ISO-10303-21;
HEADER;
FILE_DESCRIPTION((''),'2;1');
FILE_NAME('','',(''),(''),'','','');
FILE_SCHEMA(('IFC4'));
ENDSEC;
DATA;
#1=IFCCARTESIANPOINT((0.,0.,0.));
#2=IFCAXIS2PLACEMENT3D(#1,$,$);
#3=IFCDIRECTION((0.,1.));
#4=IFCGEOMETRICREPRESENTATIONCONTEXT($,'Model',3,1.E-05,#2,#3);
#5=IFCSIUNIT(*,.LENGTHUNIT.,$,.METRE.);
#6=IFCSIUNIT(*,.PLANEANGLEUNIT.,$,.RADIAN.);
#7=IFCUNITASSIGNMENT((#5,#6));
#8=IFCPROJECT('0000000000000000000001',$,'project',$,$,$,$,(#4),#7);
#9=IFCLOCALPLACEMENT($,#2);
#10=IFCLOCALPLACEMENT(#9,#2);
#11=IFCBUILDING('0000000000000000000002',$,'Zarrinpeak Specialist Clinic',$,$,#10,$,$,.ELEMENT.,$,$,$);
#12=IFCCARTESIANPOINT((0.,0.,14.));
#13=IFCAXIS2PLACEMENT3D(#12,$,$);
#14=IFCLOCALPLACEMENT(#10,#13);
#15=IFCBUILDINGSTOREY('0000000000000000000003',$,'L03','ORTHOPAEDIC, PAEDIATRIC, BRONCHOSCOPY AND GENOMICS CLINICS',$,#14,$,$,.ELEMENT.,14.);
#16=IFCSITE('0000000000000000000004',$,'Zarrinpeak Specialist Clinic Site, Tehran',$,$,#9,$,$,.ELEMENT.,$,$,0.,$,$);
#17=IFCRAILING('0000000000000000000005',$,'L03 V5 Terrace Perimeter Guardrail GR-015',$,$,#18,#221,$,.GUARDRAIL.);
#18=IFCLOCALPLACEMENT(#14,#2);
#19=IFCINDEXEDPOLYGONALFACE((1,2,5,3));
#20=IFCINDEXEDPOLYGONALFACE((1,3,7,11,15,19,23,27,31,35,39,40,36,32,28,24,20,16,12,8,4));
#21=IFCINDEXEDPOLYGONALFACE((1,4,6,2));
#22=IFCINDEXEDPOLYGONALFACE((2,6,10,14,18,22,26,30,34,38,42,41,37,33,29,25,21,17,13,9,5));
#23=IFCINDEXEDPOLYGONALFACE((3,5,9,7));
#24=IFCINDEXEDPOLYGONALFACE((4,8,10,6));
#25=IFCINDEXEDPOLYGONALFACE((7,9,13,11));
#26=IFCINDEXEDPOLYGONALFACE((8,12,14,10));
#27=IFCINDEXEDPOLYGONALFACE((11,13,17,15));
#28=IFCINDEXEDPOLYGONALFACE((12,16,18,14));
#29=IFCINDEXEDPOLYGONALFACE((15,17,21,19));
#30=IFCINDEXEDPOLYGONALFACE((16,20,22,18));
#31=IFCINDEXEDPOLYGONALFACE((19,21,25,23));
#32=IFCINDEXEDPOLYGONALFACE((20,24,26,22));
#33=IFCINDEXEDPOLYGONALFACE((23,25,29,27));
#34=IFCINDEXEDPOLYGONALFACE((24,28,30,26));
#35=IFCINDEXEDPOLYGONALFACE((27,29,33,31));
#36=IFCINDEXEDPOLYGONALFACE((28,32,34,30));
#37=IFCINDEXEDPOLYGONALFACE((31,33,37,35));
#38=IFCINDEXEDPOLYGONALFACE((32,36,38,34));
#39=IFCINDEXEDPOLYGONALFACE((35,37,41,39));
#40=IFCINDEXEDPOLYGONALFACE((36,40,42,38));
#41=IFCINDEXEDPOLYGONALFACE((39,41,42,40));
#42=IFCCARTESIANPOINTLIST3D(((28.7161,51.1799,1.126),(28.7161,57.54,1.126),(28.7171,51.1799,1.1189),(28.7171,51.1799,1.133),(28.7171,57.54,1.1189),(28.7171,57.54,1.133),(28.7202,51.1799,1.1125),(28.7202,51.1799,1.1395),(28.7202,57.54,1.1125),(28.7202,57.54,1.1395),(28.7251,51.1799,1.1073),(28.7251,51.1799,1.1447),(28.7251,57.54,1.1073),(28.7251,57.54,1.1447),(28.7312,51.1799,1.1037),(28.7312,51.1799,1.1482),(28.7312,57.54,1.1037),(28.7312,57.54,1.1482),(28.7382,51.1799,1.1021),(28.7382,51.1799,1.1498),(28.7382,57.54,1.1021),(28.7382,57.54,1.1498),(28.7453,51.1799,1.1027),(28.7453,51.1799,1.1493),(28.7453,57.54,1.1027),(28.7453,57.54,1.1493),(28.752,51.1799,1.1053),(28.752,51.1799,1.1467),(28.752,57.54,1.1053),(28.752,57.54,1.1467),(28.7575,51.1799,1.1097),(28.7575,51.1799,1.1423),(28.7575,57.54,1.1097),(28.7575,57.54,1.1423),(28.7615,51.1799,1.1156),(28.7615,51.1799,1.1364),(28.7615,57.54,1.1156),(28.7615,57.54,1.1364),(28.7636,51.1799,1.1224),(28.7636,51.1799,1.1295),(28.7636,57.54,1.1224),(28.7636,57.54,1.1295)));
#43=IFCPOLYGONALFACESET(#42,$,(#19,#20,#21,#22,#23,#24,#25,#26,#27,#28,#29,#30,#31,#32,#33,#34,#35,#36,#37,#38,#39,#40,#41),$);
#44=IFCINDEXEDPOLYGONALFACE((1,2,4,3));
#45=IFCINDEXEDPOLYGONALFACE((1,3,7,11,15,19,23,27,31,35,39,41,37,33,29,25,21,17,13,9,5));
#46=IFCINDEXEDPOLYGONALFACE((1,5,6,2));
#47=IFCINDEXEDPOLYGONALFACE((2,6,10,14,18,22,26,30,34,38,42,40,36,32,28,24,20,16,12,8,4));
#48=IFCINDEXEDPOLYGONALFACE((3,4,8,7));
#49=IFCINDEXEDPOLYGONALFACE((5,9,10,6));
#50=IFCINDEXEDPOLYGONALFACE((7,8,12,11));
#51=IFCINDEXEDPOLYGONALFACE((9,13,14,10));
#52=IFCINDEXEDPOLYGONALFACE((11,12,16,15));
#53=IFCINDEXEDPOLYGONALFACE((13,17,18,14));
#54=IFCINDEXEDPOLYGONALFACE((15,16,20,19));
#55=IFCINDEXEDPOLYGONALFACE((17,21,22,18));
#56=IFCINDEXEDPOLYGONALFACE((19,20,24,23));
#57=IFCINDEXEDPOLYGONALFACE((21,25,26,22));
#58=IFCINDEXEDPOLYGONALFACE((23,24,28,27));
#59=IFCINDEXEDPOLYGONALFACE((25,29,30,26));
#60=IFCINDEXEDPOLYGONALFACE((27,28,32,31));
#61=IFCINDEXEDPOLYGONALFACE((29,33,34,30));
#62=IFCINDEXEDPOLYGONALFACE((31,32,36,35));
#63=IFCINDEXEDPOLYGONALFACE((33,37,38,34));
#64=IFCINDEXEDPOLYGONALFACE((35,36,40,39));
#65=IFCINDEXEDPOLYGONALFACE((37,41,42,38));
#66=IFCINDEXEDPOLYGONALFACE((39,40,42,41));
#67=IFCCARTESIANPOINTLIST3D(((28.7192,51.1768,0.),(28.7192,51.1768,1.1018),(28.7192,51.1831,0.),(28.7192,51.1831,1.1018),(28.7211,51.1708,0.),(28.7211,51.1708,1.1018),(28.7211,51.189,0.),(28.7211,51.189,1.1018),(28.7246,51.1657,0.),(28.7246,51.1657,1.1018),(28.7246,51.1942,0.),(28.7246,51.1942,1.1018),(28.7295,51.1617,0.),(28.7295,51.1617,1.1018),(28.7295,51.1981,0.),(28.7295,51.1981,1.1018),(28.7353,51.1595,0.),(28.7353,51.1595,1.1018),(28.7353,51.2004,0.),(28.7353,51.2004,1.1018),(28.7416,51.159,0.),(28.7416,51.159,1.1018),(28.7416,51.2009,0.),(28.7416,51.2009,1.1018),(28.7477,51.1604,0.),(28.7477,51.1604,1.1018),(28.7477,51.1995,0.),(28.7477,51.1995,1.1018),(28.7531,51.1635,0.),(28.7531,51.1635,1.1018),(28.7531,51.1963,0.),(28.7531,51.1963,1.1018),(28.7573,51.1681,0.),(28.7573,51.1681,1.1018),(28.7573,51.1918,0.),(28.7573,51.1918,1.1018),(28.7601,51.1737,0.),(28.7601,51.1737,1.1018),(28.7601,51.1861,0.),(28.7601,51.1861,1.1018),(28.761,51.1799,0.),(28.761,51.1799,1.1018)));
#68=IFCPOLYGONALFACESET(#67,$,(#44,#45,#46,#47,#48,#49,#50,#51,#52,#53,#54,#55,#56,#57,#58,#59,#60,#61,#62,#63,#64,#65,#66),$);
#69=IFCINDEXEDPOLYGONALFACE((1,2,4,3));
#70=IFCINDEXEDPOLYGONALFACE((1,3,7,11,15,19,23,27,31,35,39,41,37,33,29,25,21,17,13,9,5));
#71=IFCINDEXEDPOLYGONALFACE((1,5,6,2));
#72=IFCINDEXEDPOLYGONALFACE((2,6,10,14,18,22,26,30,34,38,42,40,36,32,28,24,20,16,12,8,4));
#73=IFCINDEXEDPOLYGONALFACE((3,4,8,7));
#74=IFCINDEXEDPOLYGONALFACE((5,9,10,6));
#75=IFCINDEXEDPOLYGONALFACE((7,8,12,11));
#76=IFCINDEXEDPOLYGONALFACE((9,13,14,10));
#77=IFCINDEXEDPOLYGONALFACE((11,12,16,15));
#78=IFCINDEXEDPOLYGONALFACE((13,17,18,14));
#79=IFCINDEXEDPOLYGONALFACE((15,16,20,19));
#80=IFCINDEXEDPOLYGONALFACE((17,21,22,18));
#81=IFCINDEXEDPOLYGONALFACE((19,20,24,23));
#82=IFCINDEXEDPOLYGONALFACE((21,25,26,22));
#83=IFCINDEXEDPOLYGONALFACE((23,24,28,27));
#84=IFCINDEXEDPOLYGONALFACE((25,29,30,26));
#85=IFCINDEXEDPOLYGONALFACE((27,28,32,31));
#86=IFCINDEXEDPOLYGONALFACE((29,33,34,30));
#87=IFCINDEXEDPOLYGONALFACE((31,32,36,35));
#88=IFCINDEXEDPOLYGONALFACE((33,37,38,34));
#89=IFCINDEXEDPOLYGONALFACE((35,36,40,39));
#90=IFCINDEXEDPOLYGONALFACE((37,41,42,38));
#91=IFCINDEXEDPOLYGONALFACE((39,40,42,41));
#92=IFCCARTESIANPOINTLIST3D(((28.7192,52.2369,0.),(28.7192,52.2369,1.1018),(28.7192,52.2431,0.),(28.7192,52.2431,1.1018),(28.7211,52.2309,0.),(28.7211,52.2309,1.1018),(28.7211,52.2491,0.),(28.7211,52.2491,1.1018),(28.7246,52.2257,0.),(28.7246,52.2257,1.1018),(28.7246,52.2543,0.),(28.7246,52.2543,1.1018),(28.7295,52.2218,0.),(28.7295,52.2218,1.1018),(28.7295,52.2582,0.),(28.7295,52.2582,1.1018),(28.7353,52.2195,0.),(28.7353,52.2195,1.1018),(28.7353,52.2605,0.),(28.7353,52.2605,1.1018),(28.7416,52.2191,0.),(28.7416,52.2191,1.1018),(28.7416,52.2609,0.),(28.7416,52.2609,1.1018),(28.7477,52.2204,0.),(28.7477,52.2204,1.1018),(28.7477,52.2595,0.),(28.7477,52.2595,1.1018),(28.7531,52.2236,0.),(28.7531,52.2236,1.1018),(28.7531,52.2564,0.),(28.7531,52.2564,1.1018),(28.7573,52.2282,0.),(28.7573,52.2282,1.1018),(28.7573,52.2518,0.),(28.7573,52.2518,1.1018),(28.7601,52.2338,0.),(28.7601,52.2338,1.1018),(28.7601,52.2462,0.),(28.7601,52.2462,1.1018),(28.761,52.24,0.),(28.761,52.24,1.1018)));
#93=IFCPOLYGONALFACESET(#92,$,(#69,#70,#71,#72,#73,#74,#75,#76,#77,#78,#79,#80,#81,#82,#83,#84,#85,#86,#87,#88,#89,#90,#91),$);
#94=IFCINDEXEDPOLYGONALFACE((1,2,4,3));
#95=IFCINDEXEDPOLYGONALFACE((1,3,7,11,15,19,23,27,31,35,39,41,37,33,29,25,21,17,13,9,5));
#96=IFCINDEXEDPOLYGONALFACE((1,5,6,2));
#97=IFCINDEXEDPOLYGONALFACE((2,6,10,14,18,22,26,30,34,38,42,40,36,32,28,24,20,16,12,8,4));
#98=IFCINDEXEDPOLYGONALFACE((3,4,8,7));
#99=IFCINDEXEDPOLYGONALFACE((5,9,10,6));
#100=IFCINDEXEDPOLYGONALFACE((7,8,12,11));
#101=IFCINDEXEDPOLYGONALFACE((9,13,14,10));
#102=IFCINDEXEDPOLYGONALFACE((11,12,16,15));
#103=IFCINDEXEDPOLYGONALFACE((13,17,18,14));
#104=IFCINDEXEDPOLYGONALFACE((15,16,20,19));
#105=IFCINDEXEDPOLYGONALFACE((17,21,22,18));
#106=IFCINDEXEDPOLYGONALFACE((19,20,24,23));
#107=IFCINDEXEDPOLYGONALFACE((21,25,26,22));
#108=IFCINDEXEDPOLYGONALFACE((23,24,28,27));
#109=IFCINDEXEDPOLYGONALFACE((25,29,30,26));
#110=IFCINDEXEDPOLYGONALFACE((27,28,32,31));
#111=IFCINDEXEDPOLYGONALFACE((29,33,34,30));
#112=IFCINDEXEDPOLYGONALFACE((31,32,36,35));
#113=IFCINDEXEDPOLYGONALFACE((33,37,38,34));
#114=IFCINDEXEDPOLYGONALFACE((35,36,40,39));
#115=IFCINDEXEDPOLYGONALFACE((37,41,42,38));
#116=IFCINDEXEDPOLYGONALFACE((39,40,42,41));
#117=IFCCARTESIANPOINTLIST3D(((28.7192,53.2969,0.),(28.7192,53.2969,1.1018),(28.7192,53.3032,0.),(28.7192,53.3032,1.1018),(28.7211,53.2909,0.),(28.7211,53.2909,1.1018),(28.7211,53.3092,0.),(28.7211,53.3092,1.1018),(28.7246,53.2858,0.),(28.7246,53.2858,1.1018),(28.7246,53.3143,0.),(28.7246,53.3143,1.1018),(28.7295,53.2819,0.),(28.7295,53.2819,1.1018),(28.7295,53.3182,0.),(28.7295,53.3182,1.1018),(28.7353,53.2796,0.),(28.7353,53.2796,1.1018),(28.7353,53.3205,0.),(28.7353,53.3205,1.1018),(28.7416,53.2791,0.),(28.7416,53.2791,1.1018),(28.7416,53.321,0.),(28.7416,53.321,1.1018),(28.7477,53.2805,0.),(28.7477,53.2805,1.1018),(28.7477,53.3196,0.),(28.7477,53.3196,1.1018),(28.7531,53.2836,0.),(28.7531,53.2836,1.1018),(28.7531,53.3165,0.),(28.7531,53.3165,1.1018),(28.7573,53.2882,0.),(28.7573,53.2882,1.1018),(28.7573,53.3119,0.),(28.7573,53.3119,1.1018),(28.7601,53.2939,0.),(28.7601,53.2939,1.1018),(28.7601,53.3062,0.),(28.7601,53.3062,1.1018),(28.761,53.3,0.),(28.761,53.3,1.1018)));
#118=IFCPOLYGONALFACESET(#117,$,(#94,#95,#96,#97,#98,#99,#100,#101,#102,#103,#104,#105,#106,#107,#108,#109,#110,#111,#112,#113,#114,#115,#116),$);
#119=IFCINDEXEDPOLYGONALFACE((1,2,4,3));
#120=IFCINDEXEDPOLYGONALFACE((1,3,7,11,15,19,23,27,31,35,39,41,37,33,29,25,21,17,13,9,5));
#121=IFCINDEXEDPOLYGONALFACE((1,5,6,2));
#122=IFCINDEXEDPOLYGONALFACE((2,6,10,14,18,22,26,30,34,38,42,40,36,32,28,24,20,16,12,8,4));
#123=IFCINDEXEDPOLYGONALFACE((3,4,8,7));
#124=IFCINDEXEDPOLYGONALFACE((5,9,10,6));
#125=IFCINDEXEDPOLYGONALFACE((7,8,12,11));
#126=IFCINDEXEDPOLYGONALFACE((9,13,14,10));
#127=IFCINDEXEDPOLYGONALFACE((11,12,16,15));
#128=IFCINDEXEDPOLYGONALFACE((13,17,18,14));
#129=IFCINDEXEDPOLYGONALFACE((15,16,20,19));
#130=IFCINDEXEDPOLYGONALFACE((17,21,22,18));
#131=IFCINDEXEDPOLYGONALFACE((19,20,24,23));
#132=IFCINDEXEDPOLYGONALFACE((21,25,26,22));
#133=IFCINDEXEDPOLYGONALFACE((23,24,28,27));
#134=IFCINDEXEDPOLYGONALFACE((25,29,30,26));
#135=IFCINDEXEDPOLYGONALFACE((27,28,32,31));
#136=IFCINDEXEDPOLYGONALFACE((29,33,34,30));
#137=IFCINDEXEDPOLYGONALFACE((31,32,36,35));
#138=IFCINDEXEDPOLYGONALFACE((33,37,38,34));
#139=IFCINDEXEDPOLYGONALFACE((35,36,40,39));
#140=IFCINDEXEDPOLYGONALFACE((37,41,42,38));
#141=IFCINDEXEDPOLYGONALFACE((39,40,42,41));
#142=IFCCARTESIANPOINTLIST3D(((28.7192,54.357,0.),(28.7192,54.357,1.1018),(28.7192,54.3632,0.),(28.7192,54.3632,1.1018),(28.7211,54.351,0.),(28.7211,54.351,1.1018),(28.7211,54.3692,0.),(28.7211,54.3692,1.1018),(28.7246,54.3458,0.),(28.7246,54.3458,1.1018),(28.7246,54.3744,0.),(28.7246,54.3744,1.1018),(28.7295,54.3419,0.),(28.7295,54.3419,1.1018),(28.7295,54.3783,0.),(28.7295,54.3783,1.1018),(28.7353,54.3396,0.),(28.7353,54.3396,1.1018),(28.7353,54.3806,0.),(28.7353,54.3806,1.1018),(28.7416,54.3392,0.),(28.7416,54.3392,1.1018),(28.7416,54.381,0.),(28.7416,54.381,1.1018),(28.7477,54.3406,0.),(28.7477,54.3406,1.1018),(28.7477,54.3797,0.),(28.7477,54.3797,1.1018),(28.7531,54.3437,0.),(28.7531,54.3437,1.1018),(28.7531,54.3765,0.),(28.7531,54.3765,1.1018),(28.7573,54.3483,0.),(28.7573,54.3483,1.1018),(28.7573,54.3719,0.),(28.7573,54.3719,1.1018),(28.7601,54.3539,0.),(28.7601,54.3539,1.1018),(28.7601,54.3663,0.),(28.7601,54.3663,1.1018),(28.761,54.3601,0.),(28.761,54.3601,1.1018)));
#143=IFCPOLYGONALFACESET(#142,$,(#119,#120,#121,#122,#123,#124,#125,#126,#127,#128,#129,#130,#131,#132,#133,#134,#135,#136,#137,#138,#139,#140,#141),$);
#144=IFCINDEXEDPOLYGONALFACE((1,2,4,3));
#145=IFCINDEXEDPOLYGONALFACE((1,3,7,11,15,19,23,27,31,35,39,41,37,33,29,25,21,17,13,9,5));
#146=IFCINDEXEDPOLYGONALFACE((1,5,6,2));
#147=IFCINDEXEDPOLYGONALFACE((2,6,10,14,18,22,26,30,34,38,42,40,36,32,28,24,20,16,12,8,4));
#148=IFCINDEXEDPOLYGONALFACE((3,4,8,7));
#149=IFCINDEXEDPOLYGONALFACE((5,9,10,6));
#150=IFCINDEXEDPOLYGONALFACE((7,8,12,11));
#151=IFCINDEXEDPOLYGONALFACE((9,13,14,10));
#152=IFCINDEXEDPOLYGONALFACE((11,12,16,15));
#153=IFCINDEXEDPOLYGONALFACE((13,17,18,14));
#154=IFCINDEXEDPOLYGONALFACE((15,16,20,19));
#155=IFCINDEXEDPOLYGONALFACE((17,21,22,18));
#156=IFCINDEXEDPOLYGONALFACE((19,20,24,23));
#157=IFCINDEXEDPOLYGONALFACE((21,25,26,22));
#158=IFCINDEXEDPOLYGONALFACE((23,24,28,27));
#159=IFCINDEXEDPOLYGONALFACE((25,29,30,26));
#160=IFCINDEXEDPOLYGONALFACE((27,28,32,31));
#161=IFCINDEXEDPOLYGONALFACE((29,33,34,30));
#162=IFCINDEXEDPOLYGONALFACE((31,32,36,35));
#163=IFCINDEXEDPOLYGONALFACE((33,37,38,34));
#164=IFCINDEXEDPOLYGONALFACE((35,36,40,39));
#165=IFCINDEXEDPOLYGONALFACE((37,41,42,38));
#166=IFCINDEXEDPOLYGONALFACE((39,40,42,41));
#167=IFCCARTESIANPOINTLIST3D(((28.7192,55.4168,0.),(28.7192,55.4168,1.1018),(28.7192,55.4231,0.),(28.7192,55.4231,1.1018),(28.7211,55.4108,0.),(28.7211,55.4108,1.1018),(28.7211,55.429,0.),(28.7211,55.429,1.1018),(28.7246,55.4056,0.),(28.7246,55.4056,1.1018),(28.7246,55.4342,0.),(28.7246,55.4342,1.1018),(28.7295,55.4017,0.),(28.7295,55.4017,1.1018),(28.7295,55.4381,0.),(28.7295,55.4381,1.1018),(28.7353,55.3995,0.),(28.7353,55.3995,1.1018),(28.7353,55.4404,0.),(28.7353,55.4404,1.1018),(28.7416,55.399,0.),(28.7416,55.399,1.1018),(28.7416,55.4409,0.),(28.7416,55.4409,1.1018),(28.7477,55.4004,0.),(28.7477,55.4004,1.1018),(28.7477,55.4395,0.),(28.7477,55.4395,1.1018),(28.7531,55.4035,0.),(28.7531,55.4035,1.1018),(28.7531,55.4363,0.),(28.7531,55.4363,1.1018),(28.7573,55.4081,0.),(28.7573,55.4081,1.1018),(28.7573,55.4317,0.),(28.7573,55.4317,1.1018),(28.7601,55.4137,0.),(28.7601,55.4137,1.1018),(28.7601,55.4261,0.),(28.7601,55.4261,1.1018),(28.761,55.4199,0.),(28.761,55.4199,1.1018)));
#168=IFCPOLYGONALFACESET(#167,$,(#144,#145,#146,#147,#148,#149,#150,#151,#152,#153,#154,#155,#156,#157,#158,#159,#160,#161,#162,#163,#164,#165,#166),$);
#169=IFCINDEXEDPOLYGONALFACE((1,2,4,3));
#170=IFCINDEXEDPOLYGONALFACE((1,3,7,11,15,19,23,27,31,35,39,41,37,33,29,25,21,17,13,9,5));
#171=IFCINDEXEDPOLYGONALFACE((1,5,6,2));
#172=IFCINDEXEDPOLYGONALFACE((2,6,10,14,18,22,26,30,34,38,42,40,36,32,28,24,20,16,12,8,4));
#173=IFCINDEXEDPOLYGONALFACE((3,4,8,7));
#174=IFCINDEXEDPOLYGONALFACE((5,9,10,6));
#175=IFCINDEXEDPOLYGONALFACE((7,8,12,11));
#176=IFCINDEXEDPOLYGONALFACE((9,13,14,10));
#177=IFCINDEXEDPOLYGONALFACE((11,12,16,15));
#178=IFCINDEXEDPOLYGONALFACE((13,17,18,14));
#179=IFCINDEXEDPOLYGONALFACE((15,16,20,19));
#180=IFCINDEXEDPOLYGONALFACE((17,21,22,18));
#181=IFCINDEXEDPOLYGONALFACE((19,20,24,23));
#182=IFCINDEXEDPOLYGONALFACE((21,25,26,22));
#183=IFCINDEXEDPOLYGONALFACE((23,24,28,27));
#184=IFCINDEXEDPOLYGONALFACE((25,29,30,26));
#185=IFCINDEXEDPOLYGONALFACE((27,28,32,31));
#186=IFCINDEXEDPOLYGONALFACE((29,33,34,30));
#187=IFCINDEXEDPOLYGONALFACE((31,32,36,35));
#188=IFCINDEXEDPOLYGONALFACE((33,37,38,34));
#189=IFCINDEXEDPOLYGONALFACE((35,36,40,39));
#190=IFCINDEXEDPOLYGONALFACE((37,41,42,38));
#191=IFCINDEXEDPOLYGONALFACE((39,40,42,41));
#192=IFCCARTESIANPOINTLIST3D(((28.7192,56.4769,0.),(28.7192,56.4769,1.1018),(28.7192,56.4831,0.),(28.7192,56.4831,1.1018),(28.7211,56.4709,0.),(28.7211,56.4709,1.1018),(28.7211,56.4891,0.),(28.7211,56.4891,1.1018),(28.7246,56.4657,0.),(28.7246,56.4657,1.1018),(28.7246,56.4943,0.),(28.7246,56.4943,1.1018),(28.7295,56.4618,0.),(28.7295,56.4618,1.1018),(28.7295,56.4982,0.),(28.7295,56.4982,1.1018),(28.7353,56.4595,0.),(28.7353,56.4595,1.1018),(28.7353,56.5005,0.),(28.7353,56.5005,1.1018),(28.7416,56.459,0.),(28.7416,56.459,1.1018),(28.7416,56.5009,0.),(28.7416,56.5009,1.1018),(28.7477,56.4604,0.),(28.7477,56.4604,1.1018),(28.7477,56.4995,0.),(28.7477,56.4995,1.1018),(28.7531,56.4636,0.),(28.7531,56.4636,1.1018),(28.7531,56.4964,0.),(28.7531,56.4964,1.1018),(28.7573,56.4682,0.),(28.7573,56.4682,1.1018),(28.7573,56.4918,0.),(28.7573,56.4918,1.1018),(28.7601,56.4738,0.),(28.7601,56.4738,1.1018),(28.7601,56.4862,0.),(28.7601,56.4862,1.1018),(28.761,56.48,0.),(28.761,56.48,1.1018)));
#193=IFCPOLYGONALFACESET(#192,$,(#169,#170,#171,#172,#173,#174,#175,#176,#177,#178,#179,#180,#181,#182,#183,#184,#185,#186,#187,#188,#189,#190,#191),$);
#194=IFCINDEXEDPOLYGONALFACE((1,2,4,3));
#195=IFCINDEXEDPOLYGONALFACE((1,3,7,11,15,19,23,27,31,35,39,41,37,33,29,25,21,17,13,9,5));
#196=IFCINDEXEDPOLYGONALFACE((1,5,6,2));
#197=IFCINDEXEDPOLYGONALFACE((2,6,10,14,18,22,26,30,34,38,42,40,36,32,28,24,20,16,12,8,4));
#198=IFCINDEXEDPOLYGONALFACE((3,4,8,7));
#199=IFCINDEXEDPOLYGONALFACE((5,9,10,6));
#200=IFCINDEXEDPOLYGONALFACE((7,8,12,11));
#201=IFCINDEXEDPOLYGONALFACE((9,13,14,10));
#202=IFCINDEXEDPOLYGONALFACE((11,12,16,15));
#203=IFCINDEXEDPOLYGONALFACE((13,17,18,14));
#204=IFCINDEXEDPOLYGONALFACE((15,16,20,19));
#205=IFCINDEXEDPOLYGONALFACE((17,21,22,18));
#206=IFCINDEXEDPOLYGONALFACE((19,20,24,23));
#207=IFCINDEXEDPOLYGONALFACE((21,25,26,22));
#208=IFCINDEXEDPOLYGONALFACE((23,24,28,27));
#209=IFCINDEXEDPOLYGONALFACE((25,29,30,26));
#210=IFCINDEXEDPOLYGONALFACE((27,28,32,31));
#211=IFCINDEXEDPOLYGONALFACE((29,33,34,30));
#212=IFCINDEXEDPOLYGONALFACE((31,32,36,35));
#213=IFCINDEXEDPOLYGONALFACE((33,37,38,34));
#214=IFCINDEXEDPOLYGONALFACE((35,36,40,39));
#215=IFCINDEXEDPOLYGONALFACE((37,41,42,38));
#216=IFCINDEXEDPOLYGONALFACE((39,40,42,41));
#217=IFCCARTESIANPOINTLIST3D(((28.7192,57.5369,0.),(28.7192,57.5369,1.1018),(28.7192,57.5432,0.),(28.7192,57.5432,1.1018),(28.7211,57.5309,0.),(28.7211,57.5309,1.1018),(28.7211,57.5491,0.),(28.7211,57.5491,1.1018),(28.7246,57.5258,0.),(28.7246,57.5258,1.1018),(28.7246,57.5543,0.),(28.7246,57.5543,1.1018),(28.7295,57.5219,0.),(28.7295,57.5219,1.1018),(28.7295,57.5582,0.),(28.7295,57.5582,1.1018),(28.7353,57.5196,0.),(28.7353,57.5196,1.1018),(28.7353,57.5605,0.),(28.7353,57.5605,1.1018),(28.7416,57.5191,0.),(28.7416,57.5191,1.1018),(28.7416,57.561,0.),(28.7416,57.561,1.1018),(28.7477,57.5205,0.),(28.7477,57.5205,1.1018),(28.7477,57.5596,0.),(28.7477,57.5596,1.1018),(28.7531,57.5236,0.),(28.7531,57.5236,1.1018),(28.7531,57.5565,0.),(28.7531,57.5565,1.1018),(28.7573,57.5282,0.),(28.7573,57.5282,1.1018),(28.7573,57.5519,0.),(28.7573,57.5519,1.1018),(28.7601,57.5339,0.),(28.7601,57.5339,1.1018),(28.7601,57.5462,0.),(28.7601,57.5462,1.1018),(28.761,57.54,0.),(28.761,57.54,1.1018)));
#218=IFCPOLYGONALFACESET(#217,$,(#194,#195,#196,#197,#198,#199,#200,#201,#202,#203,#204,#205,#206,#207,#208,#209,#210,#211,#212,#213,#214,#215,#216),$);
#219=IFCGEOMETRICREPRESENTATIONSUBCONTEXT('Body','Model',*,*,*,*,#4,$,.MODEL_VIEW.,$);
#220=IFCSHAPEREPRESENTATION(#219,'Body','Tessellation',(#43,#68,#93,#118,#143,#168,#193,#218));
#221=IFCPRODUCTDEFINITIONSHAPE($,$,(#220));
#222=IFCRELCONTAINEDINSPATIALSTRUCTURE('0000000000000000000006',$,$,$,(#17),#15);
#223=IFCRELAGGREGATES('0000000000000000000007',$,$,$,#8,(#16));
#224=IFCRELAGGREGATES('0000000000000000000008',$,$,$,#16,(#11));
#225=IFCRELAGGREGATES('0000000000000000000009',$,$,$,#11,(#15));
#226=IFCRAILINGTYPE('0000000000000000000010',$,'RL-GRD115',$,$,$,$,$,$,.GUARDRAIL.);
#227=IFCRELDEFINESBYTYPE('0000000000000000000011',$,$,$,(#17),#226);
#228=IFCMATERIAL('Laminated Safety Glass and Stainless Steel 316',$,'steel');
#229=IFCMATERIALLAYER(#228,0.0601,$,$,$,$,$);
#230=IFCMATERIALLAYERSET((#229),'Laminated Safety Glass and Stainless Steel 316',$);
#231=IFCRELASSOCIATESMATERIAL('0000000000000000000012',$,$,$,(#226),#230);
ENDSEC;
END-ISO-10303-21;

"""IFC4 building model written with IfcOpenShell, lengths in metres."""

from ifc_helpers import new_model, si_unit, direction, frame, origin, origin_2d, place, context, subcontext, project, spatial, circle, extrude, material, layer, layer_set, type_object, element, save


model = new_model("IFC4")

# Units and contexts
model_context = context("Model", 3, precision=1e-05, world=origin(), true_north=direction((0.0, 1.0)))
body_context = subcontext(model_context, "Body", "Model", "MODEL_VIEW")
ifc_project = project(units=[si_unit("LENGTHUNIT", "METRE"), si_unit("PLANEANGLEUNIT", "RADIAN")], contexts=[model_context])

# Site, building, storey
site_placement = place(None, origin())
site = spatial("IfcSite", under=ifc_project, at=site_placement, Name="Zarrinpeak Specialist Clinic Site, Tehran", CompositionType="ELEMENT", RefElevation=0.0)
building_placement = place(site_placement, origin())
building = spatial("IfcBuilding", under=site, at=building_placement, Name="Zarrinpeak Specialist Clinic", CompositionType="ELEMENT")
storey_placement = place(building_placement, frame((0.0, 0.0, 14.0)))
storey = spatial("IfcBuildingStorey", under=building, at=storey_placement, Name="L03", Description="ORTHOPAEDIC, PAEDIATRIC, BRONCHOSCOPY AND GENOMICS CLINICS", CompositionType="ELEMENT", Elevation=14.0)

# Railing
ifc_material_1 = material(Name="Laminated Safety Glass and Stainless Steel 316", Category="steel")
ifc_layer_1 = layer(ifc_material_1, 0.0601)
ifc_layer_set_1 = layer_set([ifc_layer_1], Name="Laminated Safety Glass and Stainless Steel 316")
railing_type = type_object("IfcRailingType", Name="RL-GRD115", PredefinedType="GUARDRAIL", material=ifc_layer_set_1)
railing_placement = place(storey_placement, frame((28.74, 51.1799, 0.0)))
element("IfcRailing", 1, at=railing_placement, inside=storey, type_object=railing_type, Name="L03 V5 Terrace Perimeter Guardrail GR-015", PredefinedType="GUARDRAIL", context=body_context, shape_type="SweptSolid", body=[
    extrude(circle(Radius=0.0239, at=origin_2d()), frame((0.0, 0.0, 1.126), z_axis=(0.0, 1.0, 0.0), x_axis=(-1.0, 0.0, 0.0)), (0.0, 0.0, 1.0), 6.3601),
    extrude(circle(Radius=0.021, at=origin_2d()), origin(), (0.0, 0.0, 1.0), 1.1018),
    extrude(circle(Radius=0.021, at=origin_2d()), frame((0.0, 1.0601, 0.0)), (0.0, 0.0, 1.0), 1.1018),
    extrude(circle(Radius=0.021, at=origin_2d()), frame((0.0, 2.1201, 0.0)), (0.0, 0.0, 1.0), 1.1018),
    extrude(circle(Radius=0.021, at=origin_2d()), frame((0.0, 3.1802, 0.0)), (0.0, 0.0, 1.0), 1.1018),
    extrude(circle(Radius=0.021, at=origin_2d()), frame((0.0, 4.24, 0.0)), (0.0, 0.0, 1.0), 1.1018),
    extrude(circle(Radius=0.021, at=origin_2d()), frame((0.0, 5.3, 0.0)), (0.0, 0.0, 1.0), 1.1018),
    extrude(circle(Radius=0.021, at=origin_2d()), frame((0.0, 6.3601, 0.0)), (0.0, 0.0, 1.0), 1.1018),
])

save(model, "model.ifc")
